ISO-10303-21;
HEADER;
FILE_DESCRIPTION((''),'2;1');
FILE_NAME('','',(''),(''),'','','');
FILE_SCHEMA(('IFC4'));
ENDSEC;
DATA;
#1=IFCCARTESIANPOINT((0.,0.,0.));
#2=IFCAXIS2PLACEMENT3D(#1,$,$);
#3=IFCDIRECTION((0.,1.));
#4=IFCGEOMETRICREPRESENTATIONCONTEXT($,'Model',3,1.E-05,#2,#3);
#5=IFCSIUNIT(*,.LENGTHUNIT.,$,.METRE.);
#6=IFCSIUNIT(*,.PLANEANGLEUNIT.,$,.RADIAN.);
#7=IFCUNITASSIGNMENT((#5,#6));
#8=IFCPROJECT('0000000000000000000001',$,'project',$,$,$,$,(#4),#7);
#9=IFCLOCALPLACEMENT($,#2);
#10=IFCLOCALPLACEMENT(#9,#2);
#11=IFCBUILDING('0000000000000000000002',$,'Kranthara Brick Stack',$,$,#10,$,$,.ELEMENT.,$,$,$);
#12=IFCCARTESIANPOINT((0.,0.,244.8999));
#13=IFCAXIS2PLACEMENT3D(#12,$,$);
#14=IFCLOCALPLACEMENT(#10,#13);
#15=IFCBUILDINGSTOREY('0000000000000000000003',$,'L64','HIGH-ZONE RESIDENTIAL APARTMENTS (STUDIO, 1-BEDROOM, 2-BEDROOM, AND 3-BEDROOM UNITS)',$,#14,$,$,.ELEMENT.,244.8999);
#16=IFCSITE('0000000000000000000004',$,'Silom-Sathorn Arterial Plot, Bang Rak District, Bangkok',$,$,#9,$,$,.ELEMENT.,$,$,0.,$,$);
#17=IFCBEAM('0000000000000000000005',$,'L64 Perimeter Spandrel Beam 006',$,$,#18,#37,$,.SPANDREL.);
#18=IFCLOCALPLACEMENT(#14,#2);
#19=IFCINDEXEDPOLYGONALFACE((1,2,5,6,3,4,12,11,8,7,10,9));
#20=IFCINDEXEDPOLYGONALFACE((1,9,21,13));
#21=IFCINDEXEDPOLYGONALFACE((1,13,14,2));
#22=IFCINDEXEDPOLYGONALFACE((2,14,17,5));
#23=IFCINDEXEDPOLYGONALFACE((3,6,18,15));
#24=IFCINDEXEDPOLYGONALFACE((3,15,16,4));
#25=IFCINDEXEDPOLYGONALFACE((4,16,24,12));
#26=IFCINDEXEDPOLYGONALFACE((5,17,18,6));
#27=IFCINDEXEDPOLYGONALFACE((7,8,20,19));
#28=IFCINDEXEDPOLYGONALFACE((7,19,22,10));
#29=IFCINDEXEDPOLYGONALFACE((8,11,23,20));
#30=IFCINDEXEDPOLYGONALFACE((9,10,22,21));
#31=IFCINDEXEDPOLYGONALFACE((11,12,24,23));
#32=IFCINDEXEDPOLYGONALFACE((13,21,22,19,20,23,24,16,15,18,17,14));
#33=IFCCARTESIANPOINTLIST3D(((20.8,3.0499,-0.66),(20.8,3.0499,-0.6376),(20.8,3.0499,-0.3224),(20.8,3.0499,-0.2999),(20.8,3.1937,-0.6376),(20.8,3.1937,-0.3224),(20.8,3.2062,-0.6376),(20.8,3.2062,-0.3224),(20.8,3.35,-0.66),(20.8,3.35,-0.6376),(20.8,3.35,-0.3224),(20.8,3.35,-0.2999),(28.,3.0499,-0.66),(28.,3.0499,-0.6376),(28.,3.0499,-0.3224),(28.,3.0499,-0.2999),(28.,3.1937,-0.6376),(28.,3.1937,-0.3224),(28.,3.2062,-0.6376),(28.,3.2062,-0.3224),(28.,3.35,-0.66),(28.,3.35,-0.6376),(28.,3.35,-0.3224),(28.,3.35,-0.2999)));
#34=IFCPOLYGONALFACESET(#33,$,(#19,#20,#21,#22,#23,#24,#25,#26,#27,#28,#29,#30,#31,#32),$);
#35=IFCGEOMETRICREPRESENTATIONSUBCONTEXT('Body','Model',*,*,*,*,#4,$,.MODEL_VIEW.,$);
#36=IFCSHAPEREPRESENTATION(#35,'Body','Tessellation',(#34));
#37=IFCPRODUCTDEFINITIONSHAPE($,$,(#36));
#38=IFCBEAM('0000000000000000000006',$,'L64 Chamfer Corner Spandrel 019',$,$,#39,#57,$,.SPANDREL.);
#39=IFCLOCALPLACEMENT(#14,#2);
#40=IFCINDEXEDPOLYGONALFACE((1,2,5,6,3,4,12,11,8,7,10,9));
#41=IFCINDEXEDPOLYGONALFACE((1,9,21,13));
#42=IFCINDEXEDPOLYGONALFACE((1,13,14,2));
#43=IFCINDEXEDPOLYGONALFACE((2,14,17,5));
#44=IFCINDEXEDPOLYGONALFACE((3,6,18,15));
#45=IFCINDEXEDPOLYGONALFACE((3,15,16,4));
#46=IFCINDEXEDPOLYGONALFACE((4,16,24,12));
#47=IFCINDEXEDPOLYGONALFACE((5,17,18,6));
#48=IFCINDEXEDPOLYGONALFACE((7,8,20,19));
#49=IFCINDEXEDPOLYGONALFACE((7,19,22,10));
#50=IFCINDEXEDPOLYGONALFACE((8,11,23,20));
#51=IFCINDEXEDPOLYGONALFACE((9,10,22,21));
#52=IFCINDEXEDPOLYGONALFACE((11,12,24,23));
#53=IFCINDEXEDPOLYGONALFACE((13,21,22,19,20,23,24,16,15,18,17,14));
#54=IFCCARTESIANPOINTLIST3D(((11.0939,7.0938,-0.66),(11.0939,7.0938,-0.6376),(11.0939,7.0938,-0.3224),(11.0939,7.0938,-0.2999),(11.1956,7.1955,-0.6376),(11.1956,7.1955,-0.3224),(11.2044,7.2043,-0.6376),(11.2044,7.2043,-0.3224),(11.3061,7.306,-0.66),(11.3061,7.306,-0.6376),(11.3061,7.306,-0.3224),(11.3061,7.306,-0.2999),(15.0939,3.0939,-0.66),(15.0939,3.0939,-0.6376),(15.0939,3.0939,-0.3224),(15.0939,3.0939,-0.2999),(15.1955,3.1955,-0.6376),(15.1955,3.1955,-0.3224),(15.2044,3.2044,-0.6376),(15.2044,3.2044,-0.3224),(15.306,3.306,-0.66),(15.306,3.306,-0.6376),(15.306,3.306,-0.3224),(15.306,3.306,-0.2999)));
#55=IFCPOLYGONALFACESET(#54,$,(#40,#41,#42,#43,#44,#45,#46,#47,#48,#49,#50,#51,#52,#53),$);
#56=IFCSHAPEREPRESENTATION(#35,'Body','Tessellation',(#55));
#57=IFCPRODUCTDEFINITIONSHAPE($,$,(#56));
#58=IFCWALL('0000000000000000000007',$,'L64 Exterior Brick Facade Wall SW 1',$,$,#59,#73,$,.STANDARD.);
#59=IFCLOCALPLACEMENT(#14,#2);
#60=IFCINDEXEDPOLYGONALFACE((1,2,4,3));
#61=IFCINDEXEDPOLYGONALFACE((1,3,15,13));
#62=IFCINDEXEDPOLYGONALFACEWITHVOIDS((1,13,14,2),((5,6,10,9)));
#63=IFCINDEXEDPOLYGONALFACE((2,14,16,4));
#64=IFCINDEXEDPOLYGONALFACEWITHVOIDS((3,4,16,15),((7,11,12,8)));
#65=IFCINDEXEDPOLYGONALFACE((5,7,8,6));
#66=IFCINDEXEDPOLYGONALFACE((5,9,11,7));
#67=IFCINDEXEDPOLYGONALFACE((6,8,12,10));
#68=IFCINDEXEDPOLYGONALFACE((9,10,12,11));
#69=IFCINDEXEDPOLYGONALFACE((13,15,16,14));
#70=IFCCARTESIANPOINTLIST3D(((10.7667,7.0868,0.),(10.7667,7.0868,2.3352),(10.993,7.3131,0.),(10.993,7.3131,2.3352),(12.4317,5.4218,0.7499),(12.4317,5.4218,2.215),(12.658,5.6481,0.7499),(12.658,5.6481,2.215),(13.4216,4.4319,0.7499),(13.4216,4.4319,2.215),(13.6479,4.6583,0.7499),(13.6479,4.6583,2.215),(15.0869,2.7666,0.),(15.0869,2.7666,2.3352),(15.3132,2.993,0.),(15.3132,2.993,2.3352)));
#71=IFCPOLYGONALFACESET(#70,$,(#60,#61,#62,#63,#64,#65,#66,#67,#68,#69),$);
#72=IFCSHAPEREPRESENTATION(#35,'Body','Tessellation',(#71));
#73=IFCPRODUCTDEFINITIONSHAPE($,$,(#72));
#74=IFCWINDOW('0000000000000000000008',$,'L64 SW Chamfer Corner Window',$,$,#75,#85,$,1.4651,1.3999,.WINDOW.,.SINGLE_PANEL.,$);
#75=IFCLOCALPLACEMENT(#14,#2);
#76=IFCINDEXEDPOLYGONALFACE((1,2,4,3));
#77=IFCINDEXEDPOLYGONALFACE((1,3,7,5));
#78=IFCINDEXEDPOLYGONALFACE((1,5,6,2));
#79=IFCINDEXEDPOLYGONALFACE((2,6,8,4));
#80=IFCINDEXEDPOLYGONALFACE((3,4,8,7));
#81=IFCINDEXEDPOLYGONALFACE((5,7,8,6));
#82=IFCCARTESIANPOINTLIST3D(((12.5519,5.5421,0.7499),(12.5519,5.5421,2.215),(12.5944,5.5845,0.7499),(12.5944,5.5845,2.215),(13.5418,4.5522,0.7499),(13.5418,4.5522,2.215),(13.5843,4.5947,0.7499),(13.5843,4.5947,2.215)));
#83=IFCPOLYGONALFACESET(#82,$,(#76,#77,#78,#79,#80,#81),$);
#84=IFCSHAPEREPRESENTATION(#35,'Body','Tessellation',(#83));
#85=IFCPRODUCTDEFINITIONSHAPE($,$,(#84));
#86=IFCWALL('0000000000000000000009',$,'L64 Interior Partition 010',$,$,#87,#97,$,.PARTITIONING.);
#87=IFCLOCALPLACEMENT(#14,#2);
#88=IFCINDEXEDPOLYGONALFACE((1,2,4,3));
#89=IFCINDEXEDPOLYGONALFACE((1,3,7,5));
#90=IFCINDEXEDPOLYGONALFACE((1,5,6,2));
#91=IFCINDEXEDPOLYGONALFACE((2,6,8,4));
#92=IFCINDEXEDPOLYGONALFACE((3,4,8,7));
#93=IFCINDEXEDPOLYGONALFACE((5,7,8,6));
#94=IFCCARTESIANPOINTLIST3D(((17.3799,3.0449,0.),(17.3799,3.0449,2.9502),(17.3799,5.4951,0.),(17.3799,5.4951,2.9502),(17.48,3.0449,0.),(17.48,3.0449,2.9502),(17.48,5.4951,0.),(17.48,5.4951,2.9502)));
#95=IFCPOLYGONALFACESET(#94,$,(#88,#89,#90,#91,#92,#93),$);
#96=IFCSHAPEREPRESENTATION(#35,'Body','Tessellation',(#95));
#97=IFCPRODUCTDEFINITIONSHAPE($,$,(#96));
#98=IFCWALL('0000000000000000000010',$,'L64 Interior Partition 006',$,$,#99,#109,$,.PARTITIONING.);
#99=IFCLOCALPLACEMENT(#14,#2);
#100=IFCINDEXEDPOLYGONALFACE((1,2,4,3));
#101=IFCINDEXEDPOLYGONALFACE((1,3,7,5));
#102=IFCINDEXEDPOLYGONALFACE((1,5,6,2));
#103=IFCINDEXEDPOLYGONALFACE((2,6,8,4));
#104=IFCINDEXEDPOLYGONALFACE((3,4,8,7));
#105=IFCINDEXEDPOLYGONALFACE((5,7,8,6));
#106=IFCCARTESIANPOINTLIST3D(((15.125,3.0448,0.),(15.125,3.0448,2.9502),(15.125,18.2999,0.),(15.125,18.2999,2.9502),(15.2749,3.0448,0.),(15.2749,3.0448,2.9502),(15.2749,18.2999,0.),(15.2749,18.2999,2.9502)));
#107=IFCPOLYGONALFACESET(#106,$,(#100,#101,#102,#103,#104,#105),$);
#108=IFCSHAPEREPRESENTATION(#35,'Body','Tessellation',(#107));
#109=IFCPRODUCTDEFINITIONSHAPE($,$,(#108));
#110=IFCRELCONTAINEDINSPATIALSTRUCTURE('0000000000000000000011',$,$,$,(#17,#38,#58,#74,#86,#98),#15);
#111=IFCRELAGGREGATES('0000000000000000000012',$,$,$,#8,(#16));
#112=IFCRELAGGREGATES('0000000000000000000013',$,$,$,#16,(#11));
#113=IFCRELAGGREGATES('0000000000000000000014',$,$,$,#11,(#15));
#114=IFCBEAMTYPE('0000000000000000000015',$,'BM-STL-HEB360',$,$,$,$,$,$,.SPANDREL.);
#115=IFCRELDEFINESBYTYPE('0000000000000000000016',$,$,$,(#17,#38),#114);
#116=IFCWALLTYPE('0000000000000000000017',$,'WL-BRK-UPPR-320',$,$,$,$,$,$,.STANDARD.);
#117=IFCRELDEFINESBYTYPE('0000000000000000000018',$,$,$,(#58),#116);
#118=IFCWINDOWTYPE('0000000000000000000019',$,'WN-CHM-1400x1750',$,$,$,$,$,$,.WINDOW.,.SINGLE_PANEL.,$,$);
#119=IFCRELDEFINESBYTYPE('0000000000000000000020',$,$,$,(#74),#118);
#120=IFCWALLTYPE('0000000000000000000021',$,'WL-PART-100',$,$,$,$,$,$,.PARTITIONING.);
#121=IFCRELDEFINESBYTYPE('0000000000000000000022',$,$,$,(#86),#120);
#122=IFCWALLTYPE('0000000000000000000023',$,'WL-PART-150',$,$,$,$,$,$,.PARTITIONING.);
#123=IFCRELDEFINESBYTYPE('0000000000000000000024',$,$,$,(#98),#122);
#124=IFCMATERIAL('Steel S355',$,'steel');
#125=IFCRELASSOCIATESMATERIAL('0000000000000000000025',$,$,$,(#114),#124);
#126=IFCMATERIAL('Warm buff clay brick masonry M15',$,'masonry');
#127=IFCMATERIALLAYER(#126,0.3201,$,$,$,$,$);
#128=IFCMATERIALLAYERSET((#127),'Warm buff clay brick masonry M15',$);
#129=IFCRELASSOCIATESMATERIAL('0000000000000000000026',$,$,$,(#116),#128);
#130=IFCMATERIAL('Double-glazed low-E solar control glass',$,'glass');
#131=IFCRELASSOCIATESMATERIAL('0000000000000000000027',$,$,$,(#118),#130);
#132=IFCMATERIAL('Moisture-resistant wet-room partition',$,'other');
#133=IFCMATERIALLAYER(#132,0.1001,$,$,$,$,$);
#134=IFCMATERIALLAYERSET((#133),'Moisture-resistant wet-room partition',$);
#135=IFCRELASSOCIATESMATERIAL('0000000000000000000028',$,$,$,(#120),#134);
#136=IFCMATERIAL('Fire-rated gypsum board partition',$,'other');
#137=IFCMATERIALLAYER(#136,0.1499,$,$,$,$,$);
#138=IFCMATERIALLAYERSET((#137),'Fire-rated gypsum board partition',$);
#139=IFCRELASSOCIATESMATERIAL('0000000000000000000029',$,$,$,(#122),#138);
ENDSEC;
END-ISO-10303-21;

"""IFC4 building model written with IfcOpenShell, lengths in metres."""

from ifc_helpers import new_model, si_unit, direction, frame, frame_2d, origin, origin_2d, place, context, subcontext, project, spatial, rectangle, i_section, extrude, material, layer, layer_set, material_profile, profile_set, type_object, element, fill, save


model = new_model("IFC4")

# Units and contexts
model_context = context("Model", 3, precision=1e-05, world=origin(), true_north=direction((0.0, 1.0)))
body_context = subcontext(model_context, "Body", "Model", "MODEL_VIEW")
ifc_project = project(units=[si_unit("LENGTHUNIT", "METRE"), si_unit("PLANEANGLEUNIT", "RADIAN")], contexts=[model_context])

# Site, building, storey
site_placement = place(None, origin())
site = spatial("IfcSite", under=ifc_project, at=site_placement, Name="Silom-Sathorn Arterial Plot, Bang Rak District, Bangkok", CompositionType="ELEMENT", RefElevation=0.0)
building_placement = place(site_placement, origin())
building = spatial("IfcBuilding", under=site, at=building_placement, Name="Kranthara Brick Stack", CompositionType="ELEMENT")
storey_placement = place(building_placement, frame((0.0, 0.0, 244.8999)))
storey = spatial("IfcBuildingStorey", under=building, at=storey_placement, Name="L64", Description="HIGH-ZONE RESIDENTIAL APARTMENTS (STUDIO, 1-BEDROOM, 2-BEDROOM, AND 3-BEDROOM UNITS)", CompositionType="ELEMENT", Elevation=244.8999)

# Beams
ifc_material_1 = material(Name="Steel S355", Category="steel")
ifc_material_profile_1 = material_profile(ifc_material_1, i_section(OverallWidth=0.3, OverallDepth=0.3601, WebThickness=0.0125, FlangeThickness=0.0225, at=origin_2d()), Name="HEB 360")
ifc_profile_set_1 = profile_set([ifc_material_profile_1], Name="Steel S355")
beam_type_1 = type_object("IfcBeamType", Name="BM-STL-HEB360", PredefinedType="SPANDREL", material=ifc_profile_set_1)
beam_1_placement = place(storey_placement, frame((20.8, 3.2, -0.48), z_axis=(1.0, 0.0, 0.0), x_axis=(0.0, 1.0, 0.0)))
element("IfcBeam", 1, at=beam_1_placement, inside=storey, type_object=beam_type_1, Name="L64 Perimeter Spandrel Beam 006", PredefinedType="SPANDREL", context=body_context, shape_type="SweptSolid", body=[
    extrude(i_section(OverallWidth=0.3, OverallDepth=0.3601, WebThickness=0.0125, FlangeThickness=0.0225, at=origin_2d()), origin(), (0.0, 0.0, 1.0), 7.2),
])
beam_2_placement = place(storey_placement, frame((15.2, 3.2, -0.48), z_axis=(-0.707107, 0.707107, 0.0), x_axis=(-0.707107, -0.707107, 0.0)))
element("IfcBeam", 2, at=beam_2_placement, inside=storey, type_object=beam_type_1, Name="L64 Chamfer Corner Spandrel 019", PredefinedType="SPANDREL", context=body_context, shape_type="SweptSolid", body=[
    extrude(i_section(OverallWidth=0.3, OverallDepth=0.3601, WebThickness=0.0125, FlangeThickness=0.0225, at=origin_2d()), origin(), (0.0, 0.0, 1.0), 5.6567),
])

# Wall, opening, window
ifc_material_2 = material(Name="Warm buff clay brick masonry M15", Category="masonry")
ifc_layer_1 = layer(ifc_material_2, 0.3201)
ifc_layer_set_1 = layer_set([ifc_layer_1], Name="Warm buff clay brick masonry M15")
wall_type_1 = type_object("IfcWallType", Name="WL-BRK-UPPR-320", PredefinedType="STANDARD", material=ifc_layer_set_1)
wall_1_placement = place(storey_placement, frame((15.2, 2.8799, 0.0), z_axis=(0.0, 0.0, 1.0), x_axis=(-0.707107, 0.707107, 0.0)))
wall_1 = element("IfcWall", 3, at=wall_1_placement, inside=storey, type_object=wall_type_1, Name="L64 Exterior Brick Facade Wall SW 1", PredefinedType="STANDARD", context=body_context, shape_type="SweptSolid", body=[
    extrude(rectangle(XDim=6.1096, YDim=0.3201, at=frame_2d((3.0547, 0.0))), origin(), (0.0, 0.0, 1.0), 2.3352),
])
opening_placement = place(wall_1_placement, frame((2.355, 0.0, 0.75)))
opening = element("IfcOpeningElement", 4, at=opening_placement, cuts=wall_1, PredefinedType="OPENING", context=body_context, shape_type="SweptSolid", body=[
    extrude(rectangle(XDim=1.3999, YDim=1.4651, at=frame_2d((0.7, 0.7324))), frame((0.0, 0.1699, 0.0), z_axis=(0.0, -1.0, 0.0), x_axis=(1.0, 0.0, 0.0)), (0.0, 0.0, 1.0), 0.3401),
])
ifc_material_3 = material(Name="Double-glazed low-E solar control glass", Category="glass")
window_type = type_object("IfcWindowType", Name="WN-CHM-1400x1750", PartitioningType="SINGLE_PANEL", PredefinedType="WINDOW", material=ifc_material_3)
window_placement = place(opening_placement, origin())
window = element("IfcWindow", 5, at=window_placement, inside=storey, type_object=window_type, Name="L64 SW Chamfer Corner Window", OverallHeight=1.4651, OverallWidth=1.3999, PartitioningType="SINGLE_PANEL", PredefinedType="WINDOW", context=body_context, shape_type="SweptSolid", body=[
    extrude(rectangle(XDim=1.3999, YDim=1.4651, at=frame_2d((0.7, 0.7324))), frame((0.0, -0.01, 0.0), z_axis=(0.0, -1.0, 0.0), x_axis=(1.0, 0.0, 0.0)), (0.0, 0.0, 1.0), 0.0601),
])
fill(opening, window)

# Walls
ifc_material_4 = material(Name="Moisture-resistant wet-room partition", Category="other")
ifc_layer_2 = layer(ifc_material_4, 0.1001)
ifc_layer_set_2 = layer_set([ifc_layer_2], Name="Moisture-resistant wet-room partition")
wall_type_2 = type_object("IfcWallType", Name="WL-PART-100", PredefinedType="PARTITIONING", material=ifc_layer_set_2)
wall_2_placement = place(storey_placement, frame((17.4299, 3.0449, 0.0), z_axis=(0.0, 0.0, 1.0), x_axis=(0.0, 1.0, 0.0)))
element("IfcWall", 6, at=wall_2_placement, inside=storey, type_object=wall_type_2, Name="L64 Interior Partition 010", PredefinedType="PARTITIONING", context=body_context, shape_type="SweptSolid", body=[
    extrude(rectangle(XDim=2.4502, YDim=0.1001, at=frame_2d((1.2251, 0.0))), origin(), (0.0, 0.0, 1.0), 2.9502),
])
ifc_material_5 = material(Name="Fire-rated gypsum board partition", Category="other")
ifc_layer_3 = layer(ifc_material_5, 0.1499)
ifc_layer_set_3 = layer_set([ifc_layer_3], Name="Fire-rated gypsum board partition")
wall_type_3 = type_object("IfcWallType", Name="WL-PART-150", PredefinedType="PARTITIONING", material=ifc_layer_set_3)
wall_3_placement = place(storey_placement, frame((15.2, 3.0449, 0.0), z_axis=(0.0, 0.0, 1.0), x_axis=(0.0, 1.0, 0.0)))
element("IfcWall", 7, at=wall_3_placement, inside=storey, type_object=wall_type_3, Name="L64 Interior Partition 006", PredefinedType="PARTITIONING", context=body_context, shape_type="SweptSolid", body=[
    extrude(rectangle(XDim=15.2551, YDim=0.1499, at=frame_2d((7.6274, 0.0))), origin(), (0.0, 0.0, 1.0), 2.9502),
])

save(model, "model.ifc")
